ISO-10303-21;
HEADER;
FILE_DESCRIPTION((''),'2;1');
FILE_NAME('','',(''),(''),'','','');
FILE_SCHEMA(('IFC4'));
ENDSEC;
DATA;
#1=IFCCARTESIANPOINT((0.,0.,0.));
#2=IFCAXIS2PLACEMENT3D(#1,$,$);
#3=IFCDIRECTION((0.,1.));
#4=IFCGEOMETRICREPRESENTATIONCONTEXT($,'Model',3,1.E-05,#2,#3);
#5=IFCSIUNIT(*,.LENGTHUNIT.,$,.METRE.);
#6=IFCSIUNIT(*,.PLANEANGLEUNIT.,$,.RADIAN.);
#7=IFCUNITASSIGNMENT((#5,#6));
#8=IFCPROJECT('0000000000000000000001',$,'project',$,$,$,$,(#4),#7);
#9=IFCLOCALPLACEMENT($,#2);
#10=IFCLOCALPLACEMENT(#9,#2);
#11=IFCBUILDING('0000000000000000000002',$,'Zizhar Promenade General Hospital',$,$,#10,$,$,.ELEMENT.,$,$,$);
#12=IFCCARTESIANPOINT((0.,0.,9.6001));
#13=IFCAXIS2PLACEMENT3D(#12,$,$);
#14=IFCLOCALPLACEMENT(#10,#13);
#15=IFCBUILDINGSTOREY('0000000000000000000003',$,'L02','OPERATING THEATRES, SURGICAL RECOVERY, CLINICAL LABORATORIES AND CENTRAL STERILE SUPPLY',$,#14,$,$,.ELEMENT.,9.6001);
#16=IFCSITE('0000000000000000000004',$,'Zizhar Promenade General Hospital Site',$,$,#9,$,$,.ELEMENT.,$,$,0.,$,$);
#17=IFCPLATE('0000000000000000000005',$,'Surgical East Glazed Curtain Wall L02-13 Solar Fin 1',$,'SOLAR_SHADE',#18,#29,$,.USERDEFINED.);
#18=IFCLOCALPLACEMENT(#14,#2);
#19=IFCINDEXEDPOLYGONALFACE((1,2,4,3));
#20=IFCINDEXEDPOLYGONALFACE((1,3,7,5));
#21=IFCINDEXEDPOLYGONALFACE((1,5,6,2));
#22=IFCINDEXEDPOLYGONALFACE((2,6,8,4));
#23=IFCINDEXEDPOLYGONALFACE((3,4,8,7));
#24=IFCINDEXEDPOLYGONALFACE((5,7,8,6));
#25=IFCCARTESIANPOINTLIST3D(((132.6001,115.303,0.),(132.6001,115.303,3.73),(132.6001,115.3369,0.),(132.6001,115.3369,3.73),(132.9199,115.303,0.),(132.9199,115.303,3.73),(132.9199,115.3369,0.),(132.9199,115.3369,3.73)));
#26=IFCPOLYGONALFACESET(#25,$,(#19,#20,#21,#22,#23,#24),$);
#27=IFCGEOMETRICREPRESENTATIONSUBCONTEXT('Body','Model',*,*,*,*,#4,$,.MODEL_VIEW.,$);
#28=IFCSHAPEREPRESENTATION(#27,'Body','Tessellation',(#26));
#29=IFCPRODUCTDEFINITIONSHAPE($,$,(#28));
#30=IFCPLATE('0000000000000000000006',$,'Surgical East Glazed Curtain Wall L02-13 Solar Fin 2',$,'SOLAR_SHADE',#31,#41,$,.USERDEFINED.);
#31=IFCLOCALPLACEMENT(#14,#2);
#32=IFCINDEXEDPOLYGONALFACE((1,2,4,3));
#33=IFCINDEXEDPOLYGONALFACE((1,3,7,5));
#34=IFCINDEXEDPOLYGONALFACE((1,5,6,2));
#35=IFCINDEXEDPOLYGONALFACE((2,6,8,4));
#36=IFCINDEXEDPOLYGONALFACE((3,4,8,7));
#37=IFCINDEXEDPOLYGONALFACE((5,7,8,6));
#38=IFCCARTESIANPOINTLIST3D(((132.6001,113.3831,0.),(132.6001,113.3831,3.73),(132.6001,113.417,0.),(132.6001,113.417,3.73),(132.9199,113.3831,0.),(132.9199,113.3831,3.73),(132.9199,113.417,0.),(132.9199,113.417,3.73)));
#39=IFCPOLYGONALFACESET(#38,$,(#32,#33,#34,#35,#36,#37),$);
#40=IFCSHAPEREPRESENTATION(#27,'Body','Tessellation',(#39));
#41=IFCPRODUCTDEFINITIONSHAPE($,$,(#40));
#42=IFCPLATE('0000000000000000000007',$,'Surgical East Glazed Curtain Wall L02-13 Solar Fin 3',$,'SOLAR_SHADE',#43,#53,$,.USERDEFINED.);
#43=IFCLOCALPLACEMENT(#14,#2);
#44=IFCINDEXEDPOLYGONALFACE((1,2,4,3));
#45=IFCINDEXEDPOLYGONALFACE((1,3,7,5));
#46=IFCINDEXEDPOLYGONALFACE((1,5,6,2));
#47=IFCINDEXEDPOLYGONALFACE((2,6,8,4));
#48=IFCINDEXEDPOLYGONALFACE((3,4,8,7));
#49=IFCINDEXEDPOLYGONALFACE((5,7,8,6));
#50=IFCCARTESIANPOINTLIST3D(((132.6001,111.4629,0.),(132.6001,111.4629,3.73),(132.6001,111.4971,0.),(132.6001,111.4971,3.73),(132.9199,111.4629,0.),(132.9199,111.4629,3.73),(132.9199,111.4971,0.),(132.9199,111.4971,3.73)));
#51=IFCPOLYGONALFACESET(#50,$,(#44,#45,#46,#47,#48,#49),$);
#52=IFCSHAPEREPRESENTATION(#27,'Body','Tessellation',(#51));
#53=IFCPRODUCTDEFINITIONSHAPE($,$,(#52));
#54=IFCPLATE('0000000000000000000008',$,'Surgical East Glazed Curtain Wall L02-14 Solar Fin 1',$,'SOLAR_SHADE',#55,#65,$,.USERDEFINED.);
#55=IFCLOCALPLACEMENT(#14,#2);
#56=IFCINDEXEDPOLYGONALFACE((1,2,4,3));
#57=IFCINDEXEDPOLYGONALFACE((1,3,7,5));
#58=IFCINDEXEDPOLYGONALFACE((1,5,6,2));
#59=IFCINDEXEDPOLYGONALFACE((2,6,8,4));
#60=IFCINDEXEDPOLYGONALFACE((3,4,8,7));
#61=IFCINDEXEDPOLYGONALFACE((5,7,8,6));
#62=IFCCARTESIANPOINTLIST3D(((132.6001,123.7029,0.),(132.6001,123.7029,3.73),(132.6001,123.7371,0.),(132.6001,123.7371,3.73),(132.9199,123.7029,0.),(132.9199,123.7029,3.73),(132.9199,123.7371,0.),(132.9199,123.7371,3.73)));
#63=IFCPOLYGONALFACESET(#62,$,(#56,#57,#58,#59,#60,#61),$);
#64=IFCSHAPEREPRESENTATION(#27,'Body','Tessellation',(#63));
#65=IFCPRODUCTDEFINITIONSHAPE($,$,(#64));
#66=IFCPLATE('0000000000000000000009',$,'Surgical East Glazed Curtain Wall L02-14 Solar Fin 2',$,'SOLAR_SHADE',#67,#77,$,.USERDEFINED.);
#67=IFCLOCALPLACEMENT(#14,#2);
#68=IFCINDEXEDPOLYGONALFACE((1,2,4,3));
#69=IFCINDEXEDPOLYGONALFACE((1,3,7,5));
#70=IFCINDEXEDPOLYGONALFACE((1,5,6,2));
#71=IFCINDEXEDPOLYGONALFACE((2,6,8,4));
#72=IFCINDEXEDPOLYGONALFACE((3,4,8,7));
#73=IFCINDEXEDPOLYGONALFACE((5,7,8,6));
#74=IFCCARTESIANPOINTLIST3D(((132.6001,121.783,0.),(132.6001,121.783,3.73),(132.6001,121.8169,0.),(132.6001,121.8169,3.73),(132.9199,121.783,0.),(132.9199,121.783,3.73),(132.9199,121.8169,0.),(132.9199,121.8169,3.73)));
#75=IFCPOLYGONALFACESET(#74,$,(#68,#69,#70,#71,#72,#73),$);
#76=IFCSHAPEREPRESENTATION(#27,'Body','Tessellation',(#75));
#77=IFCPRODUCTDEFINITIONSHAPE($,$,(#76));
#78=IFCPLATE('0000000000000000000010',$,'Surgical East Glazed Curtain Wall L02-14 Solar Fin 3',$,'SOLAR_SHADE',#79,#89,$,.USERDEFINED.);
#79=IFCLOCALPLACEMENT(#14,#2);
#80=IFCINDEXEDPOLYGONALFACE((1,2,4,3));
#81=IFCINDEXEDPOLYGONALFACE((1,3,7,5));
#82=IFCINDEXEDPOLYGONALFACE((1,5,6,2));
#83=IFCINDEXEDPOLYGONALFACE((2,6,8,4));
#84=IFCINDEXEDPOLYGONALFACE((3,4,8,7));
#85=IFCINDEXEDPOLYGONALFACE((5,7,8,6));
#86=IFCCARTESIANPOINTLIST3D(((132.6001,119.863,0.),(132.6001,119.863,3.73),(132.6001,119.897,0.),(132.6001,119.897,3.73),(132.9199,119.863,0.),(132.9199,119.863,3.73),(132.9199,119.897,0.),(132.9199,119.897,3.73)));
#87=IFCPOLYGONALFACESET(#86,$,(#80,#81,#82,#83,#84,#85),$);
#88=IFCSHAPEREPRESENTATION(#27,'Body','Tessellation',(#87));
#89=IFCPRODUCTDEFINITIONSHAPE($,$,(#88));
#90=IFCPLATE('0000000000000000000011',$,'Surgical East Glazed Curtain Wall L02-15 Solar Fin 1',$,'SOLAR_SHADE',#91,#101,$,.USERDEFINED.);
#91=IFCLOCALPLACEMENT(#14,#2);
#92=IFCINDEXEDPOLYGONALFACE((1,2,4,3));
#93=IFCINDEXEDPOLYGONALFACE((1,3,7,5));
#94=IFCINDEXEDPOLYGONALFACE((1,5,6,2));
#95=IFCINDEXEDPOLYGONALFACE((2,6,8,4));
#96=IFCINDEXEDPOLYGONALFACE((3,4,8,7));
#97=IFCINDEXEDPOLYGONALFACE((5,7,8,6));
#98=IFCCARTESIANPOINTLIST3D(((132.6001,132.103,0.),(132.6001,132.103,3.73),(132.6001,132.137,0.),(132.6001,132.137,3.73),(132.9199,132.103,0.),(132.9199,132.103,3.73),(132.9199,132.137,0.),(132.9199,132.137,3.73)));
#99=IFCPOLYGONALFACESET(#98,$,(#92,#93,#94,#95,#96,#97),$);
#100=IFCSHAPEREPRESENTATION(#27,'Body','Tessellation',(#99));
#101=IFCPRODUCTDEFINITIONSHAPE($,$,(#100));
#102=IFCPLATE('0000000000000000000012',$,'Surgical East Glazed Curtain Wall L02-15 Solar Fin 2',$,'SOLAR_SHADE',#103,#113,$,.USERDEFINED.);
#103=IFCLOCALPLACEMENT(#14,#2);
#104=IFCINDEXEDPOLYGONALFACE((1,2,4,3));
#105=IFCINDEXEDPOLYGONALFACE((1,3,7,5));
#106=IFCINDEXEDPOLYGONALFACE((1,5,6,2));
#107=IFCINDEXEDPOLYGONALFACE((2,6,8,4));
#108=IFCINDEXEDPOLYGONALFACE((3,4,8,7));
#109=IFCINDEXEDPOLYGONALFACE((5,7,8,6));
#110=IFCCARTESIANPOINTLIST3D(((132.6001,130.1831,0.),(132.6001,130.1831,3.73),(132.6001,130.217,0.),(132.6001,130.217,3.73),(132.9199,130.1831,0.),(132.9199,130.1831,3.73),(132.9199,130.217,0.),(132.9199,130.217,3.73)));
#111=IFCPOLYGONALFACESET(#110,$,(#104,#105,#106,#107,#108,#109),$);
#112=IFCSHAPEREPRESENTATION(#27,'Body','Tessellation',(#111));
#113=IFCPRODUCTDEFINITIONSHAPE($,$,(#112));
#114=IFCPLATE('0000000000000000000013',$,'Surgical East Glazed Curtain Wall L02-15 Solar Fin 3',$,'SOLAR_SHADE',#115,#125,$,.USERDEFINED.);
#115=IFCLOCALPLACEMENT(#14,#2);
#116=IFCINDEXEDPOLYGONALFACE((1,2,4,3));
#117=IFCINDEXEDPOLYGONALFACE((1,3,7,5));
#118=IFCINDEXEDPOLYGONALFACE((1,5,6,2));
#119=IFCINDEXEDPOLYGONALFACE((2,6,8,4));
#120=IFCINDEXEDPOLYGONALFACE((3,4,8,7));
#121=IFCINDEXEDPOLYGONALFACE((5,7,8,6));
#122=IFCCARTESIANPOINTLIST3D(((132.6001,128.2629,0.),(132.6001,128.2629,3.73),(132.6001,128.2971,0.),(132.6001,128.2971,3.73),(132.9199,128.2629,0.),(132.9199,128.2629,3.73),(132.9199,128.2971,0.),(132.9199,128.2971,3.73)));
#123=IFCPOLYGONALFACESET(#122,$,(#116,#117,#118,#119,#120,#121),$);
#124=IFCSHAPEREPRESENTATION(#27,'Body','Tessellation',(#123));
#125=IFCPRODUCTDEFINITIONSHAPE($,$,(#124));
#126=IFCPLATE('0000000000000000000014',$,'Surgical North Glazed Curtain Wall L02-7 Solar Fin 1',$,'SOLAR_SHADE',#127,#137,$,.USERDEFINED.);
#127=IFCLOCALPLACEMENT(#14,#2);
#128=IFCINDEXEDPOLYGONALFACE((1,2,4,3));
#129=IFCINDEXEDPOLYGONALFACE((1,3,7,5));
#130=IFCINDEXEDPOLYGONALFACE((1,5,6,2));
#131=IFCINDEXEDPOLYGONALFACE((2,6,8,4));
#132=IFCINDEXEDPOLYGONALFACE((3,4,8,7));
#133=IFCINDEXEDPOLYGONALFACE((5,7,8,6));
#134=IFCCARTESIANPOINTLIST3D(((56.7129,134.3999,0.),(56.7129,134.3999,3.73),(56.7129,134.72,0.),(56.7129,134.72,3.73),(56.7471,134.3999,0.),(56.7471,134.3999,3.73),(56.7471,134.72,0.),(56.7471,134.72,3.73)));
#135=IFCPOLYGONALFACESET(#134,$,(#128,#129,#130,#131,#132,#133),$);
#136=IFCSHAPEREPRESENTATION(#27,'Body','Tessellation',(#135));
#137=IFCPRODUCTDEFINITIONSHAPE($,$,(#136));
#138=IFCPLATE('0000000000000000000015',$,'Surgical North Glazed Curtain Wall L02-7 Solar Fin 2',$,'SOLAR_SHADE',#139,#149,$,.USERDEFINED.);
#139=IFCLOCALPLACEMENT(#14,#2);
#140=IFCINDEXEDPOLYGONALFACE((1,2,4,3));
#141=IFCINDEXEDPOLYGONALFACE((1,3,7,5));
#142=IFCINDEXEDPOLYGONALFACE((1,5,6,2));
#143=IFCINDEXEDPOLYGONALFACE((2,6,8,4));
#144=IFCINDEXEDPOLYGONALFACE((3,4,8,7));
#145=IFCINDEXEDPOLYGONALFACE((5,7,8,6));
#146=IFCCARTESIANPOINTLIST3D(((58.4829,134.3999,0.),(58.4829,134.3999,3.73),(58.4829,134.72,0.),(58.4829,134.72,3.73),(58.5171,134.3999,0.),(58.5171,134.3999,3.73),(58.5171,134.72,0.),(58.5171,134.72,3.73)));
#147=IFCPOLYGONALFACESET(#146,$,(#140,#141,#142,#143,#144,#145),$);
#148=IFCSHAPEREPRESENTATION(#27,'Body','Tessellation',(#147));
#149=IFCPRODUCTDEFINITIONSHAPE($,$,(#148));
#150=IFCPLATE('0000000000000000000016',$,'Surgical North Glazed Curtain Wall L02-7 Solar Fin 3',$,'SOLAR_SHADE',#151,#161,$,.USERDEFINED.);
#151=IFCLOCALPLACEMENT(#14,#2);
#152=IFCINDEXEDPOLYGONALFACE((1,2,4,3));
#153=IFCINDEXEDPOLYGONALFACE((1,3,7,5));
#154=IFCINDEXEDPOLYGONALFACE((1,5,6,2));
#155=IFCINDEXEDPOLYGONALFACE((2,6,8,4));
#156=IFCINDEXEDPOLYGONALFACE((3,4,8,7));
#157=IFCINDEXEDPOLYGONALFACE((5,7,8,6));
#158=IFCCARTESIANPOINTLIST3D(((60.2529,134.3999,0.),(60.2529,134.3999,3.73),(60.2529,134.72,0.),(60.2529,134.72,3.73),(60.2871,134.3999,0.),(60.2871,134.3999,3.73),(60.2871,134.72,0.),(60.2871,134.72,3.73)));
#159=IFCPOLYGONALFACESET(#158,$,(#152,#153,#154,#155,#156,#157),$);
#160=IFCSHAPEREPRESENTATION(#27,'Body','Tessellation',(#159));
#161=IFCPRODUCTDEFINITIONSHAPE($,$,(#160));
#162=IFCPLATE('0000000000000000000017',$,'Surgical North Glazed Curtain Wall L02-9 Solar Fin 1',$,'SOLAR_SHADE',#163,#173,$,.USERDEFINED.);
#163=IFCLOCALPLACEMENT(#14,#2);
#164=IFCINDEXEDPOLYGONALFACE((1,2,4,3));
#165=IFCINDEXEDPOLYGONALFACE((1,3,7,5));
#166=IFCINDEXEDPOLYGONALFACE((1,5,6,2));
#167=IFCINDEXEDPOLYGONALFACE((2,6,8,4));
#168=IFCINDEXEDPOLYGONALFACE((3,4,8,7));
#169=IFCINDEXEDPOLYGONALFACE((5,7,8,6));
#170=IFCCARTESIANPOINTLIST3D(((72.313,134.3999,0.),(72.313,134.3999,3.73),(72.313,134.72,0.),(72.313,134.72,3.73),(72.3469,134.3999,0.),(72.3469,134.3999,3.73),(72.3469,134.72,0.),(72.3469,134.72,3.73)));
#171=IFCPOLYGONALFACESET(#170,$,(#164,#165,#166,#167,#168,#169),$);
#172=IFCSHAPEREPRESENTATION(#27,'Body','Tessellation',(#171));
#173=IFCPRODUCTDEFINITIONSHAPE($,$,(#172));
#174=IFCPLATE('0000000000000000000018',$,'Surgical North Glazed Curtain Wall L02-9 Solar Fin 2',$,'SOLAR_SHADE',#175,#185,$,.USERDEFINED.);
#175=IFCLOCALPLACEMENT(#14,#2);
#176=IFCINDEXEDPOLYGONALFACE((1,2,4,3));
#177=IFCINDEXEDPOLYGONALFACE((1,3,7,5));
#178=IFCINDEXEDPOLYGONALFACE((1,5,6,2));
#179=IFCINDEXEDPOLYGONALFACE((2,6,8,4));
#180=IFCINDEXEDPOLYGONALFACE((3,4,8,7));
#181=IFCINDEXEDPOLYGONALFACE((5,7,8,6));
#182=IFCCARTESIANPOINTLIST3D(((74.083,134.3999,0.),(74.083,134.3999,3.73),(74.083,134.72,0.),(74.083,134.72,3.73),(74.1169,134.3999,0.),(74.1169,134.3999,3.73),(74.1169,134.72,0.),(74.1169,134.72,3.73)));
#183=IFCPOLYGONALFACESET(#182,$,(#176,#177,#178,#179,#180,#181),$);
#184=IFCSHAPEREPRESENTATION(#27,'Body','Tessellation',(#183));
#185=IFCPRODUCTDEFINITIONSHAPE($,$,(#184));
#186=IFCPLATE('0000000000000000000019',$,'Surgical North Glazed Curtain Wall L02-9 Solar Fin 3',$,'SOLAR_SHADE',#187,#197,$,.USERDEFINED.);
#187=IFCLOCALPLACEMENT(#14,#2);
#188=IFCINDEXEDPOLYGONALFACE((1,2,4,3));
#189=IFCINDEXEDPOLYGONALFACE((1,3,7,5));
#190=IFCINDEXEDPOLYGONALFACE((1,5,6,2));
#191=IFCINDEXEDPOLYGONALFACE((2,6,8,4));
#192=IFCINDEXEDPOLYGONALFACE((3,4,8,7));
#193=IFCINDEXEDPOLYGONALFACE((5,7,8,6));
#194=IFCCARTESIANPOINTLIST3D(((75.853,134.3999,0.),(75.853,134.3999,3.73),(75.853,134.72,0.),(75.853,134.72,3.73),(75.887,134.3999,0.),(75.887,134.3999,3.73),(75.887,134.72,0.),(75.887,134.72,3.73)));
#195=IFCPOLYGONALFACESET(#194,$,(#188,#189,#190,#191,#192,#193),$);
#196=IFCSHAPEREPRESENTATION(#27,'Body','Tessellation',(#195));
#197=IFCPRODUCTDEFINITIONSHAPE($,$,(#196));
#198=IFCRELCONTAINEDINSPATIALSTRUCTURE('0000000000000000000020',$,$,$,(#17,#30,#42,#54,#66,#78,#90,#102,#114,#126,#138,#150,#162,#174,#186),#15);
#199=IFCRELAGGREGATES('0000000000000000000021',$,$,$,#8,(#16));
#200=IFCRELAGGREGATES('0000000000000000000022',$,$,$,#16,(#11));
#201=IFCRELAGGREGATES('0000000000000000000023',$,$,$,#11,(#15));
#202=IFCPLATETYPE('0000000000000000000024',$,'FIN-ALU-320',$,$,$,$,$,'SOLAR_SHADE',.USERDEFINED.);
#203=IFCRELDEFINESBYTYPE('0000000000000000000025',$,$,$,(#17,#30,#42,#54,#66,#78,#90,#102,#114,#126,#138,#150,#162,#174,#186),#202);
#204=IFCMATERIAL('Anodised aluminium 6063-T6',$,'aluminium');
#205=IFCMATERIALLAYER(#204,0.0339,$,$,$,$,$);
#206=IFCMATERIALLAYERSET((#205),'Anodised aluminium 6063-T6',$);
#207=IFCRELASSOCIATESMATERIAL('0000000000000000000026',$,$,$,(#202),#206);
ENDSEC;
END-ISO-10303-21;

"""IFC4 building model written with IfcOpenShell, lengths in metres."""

from ifc_helpers import new_model, si_unit, direction, frame, origin, place, context, subcontext, project, spatial, polyline, outline, extrude, material, layer, layer_set, type_object, element, save


model = new_model("IFC4")

# Units and contexts
model_context = context("Model", 3, precision=1e-05, world=origin(), true_north=direction((0.0, 1.0)))
body_context = subcontext(model_context, "Body", "Model", "MODEL_VIEW")
ifc_project = project(units=[si_unit("LENGTHUNIT", "METRE"), si_unit("PLANEANGLEUNIT", "RADIAN")], contexts=[model_context])

# Site, building, storey
site_placement = place(None, origin())
site = spatial("IfcSite", under=ifc_project, at=site_placement, Name="Zizhar Promenade General Hospital Site", CompositionType="ELEMENT", RefElevation=0.0)
building_placement = place(site_placement, origin())
building = spatial("IfcBuilding", under=site, at=building_placement, Name="Zizhar Promenade General Hospital", CompositionType="ELEMENT")
storey_placement = place(building_placement, frame((0.0, 0.0, 9.6001)))
storey = spatial("IfcBuildingStorey", under=building, at=storey_placement, Name="L02", Description="OPERATING THEATRES, SURGICAL RECOVERY, CLINICAL LABORATORIES AND CENTRAL STERILE SUPPLY", CompositionType="ELEMENT", Elevation=9.6001)

# Plates
ifc_material_1 = material(Name="Anodised aluminium 6063-T6", Category="aluminium")
ifc_layer_1 = layer(ifc_material_1, 0.0339)
ifc_layer_set_1 = layer_set([ifc_layer_1], Name="Anodised aluminium 6063-T6")
plate_type_1 = type_object("IfcPlateType", Name="FIN-ALU-320", ElementType="SOLAR_SHADE", PredefinedType="USERDEFINED", material=ifc_layer_set_1)
plate_1_placement = place(storey_placement, origin())
element("IfcPlate", 1, at=plate_1_placement, inside=storey, type_object=plate_type_1, Name="Surgical East Glazed Curtain Wall L02-13 Solar Fin 1", ObjectType="SOLAR_SHADE", PredefinedType="USERDEFINED", context=body_context, shape_type="SweptSolid", body=[
    extrude(outline(polyline([(132.6001, 115.3369), (132.6001, 115.303), (132.9199, 115.303), (132.9199, 115.3369), (132.6001, 115.3369)])), origin(), (0.0, 0.0, 1.0), 3.73),
])
plate_2_placement = place(storey_placement, origin())
element("IfcPlate", 2, at=plate_2_placement, inside=storey, type_object=plate_type_1, Name="Surgical East Glazed Curtain Wall L02-13 Solar Fin 2", ObjectType="SOLAR_SHADE", PredefinedType="USERDEFINED", context=body_context, shape_type="SweptSolid", body=[
    extrude(outline(polyline([(132.6001, 113.417), (132.6001, 113.3831), (132.9199, 113.3831), (132.9199, 113.417), (132.6001, 113.417)])), origin(), (0.0, 0.0, 1.0), 3.73),
])
plate_3_placement = place(storey_placement, origin())
element("IfcPlate", 3, at=plate_3_placement, inside=storey, type_object=plate_type_1, Name="Surgical East Glazed Curtain Wall L02-13 Solar Fin 3", ObjectType="SOLAR_SHADE", PredefinedType="USERDEFINED", context=body_context, shape_type="SweptSolid", body=[
    extrude(outline(polyline([(132.6001, 111.4971), (132.6001, 111.4629), (132.9199, 111.4629), (132.9199, 111.4971), (132.6001, 111.4971)])), origin(), (0.0, 0.0, 1.0), 3.73),
])
plate_4_placement = place(storey_placement, origin())
element("IfcPlate", 4, at=plate_4_placement, inside=storey, type_object=plate_type_1, Name="Surgical East Glazed Curtain Wall L02-14 Solar Fin 1", ObjectType="SOLAR_SHADE", PredefinedType="USERDEFINED", context=body_context, shape_type="SweptSolid", body=[
    extrude(outline(polyline([(132.6001, 123.7371), (132.6001, 123.7029), (132.9199, 123.7029), (132.9199, 123.7371), (132.6001, 123.7371)])), origin(), (0.0, 0.0, 1.0), 3.73),
])
plate_5_placement = place(storey_placement, origin())
element("IfcPlate", 5, at=plate_5_placement, inside=storey, type_object=plate_type_1, Name="Surgical East Glazed Curtain Wall L02-14 Solar Fin 2", ObjectType="SOLAR_SHADE", PredefinedType="USERDEFINED", context=body_context, shape_type="SweptSolid", body=[
    extrude(outline(polyline([(132.6001, 121.8169), (132.6001, 121.783), (132.9199, 121.783), (132.9199, 121.8169), (132.6001, 121.8169)])), origin(), (0.0, 0.0, 1.0), 3.73),
])
plate_6_placement = place(storey_placement, origin())
element("IfcPlate", 6, at=plate_6_placement, inside=storey, type_object=plate_type_1, Name="Surgical East Glazed Curtain Wall L02-14 Solar Fin 3", ObjectType="SOLAR_SHADE", PredefinedType="USERDEFINED", context=body_context, shape_type="SweptSolid", body=[
    extrude(outline(polyline([(132.6001, 119.897), (132.6001, 119.863), (132.9199, 119.863), (132.9199, 119.897), (132.6001, 119.897)])), origin(), (0.0, 0.0, 1.0), 3.73),
])
plate_7_placement = place(storey_placement, origin())
element("IfcPlate", 7, at=plate_7_placement, inside=storey, type_object=plate_type_1, Name="Surgical East Glazed Curtain Wall L02-15 Solar Fin 1", ObjectType="SOLAR_SHADE", PredefinedType="USERDEFINED", context=body_context, shape_type="SweptSolid", body=[
    extrude(outline(polyline([(132.6001, 132.137), (132.6001, 132.103), (132.9199, 132.103), (132.9199, 132.137), (132.6001, 132.137)])), origin(), (0.0, 0.0, 1.0), 3.73),
])
plate_8_placement = place(storey_placement, origin())
element("IfcPlate", 8, at=plate_8_placement, inside=storey, type_object=plate_type_1, Name="Surgical East Glazed Curtain Wall L02-15 Solar Fin 2", ObjectType="SOLAR_SHADE", PredefinedType="USERDEFINED", context=body_context, shape_type="SweptSolid", body=[
    extrude(outline(polyline([(132.6001, 130.217), (132.6001, 130.1831), (132.9199, 130.1831), (132.9199, 130.217), (132.6001, 130.217)])), origin(), (0.0, 0.0, 1.0), 3.73),
])
plate_9_placement = place(storey_placement, origin())
element("IfcPlate", 9, at=plate_9_placement, inside=storey, type_object=plate_type_1, Name="Surgical East Glazed Curtain Wall L02-15 Solar Fin 3", ObjectType="SOLAR_SHADE", PredefinedType="USERDEFINED", context=body_context, shape_type="SweptSolid", body=[
    extrude(outline(polyline([(132.6001, 128.2971), (132.6001, 128.2629), (132.9199, 128.2629), (132.9199, 128.2971), (132.6001, 128.2971)])), origin(), (0.0, 0.0, 1.0), 3.73),
])
plate_10_placement = place(storey_placement, origin())
element("IfcPlate", 10, at=plate_10_placement, inside=storey, type_object=plate_type_1, Name="Surgical North Glazed Curtain Wall L02-7 Solar Fin 1", ObjectType="SOLAR_SHADE", PredefinedType="USERDEFINED", context=body_context, shape_type="SweptSolid", body=[
    extrude(outline(polyline([(56.7129, 134.3999), (56.7471, 134.3999), (56.7471, 134.72), (56.7129, 134.72), (56.7129, 134.3999)])), origin(), (0.0, 0.0, 1.0), 3.73),
])
plate_11_placement = place(storey_placement, origin())
element("IfcPlate", 11, at=plate_11_placement, inside=storey, type_object=plate_type_1, Name="Surgical North Glazed Curtain Wall L02-7 Solar Fin 2", ObjectType="SOLAR_SHADE", PredefinedType="USERDEFINED", context=body_context, shape_type="SweptSolid", body=[
    extrude(outline(polyline([(58.4829, 134.3999), (58.5171, 134.3999), (58.5171, 134.72), (58.4829, 134.72), (58.4829, 134.3999)])), origin(), (0.0, 0.0, 1.0), 3.73),
])
plate_12_placement = place(storey_placement, origin())
element("IfcPlate", 12, at=plate_12_placement, inside=storey, type_object=plate_type_1, Name="Surgical North Glazed Curtain Wall L02-7 Solar Fin 3", ObjectType="SOLAR_SHADE", PredefinedType="USERDEFINED", context=body_context, shape_type="SweptSolid", body=[
    extrude(outline(polyline([(60.2529, 134.3999), (60.2871, 134.3999), (60.2871, 134.72), (60.2529, 134.72), (60.2529, 134.3999)])), origin(), (0.0, 0.0, 1.0), 3.73),
])
plate_13_placement = place(storey_placement, origin())
element("IfcPlate", 13, at=plate_13_placement, inside=storey, type_object=plate_type_1, Name="Surgical North Glazed Curtain Wall L02-9 Solar Fin 1", ObjectType="SOLAR_SHADE", PredefinedType="USERDEFINED", context=body_context, shape_type="SweptSolid", body=[
    extrude(outline(polyline([(72.313, 134.3999), (72.3469, 134.3999), (72.3469, 134.72), (72.313, 134.72), (72.313, 134.3999)])), origin(), (0.0, 0.0, 1.0), 3.73),
])
plate_14_placement = place(storey_placement, origin())
element("IfcPlate", 14, at=plate_14_placement, inside=storey, type_object=plate_type_1, Name="Surgical North Glazed Curtain Wall L02-9 Solar Fin 2", ObjectType="SOLAR_SHADE", PredefinedType="USERDEFINED", context=body_context, shape_type="SweptSolid", body=[
    extrude(outline(polyline([(74.083, 134.3999), (74.1169, 134.3999), (74.1169, 134.72), (74.083, 134.72), (74.083, 134.3999)])), origin(), (0.0, 0.0, 1.0), 3.73),
])
plate_15_placement = place(storey_placement, origin())
element("IfcPlate", 15, at=plate_15_placement, inside=storey, type_object=plate_type_1, Name="Surgical North Glazed Curtain Wall L02-9 Solar Fin 3", ObjectType="SOLAR_SHADE", PredefinedType="USERDEFINED", context=body_context, shape_type="SweptSolid", body=[
    extrude(outline(polyline([(75.853, 134.3999), (75.887, 134.3999), (75.887, 134.72), (75.853, 134.72), (75.853, 134.3999)])), origin(), (0.0, 0.0, 1.0), 3.73),
])

save(model, "model.ifc")
